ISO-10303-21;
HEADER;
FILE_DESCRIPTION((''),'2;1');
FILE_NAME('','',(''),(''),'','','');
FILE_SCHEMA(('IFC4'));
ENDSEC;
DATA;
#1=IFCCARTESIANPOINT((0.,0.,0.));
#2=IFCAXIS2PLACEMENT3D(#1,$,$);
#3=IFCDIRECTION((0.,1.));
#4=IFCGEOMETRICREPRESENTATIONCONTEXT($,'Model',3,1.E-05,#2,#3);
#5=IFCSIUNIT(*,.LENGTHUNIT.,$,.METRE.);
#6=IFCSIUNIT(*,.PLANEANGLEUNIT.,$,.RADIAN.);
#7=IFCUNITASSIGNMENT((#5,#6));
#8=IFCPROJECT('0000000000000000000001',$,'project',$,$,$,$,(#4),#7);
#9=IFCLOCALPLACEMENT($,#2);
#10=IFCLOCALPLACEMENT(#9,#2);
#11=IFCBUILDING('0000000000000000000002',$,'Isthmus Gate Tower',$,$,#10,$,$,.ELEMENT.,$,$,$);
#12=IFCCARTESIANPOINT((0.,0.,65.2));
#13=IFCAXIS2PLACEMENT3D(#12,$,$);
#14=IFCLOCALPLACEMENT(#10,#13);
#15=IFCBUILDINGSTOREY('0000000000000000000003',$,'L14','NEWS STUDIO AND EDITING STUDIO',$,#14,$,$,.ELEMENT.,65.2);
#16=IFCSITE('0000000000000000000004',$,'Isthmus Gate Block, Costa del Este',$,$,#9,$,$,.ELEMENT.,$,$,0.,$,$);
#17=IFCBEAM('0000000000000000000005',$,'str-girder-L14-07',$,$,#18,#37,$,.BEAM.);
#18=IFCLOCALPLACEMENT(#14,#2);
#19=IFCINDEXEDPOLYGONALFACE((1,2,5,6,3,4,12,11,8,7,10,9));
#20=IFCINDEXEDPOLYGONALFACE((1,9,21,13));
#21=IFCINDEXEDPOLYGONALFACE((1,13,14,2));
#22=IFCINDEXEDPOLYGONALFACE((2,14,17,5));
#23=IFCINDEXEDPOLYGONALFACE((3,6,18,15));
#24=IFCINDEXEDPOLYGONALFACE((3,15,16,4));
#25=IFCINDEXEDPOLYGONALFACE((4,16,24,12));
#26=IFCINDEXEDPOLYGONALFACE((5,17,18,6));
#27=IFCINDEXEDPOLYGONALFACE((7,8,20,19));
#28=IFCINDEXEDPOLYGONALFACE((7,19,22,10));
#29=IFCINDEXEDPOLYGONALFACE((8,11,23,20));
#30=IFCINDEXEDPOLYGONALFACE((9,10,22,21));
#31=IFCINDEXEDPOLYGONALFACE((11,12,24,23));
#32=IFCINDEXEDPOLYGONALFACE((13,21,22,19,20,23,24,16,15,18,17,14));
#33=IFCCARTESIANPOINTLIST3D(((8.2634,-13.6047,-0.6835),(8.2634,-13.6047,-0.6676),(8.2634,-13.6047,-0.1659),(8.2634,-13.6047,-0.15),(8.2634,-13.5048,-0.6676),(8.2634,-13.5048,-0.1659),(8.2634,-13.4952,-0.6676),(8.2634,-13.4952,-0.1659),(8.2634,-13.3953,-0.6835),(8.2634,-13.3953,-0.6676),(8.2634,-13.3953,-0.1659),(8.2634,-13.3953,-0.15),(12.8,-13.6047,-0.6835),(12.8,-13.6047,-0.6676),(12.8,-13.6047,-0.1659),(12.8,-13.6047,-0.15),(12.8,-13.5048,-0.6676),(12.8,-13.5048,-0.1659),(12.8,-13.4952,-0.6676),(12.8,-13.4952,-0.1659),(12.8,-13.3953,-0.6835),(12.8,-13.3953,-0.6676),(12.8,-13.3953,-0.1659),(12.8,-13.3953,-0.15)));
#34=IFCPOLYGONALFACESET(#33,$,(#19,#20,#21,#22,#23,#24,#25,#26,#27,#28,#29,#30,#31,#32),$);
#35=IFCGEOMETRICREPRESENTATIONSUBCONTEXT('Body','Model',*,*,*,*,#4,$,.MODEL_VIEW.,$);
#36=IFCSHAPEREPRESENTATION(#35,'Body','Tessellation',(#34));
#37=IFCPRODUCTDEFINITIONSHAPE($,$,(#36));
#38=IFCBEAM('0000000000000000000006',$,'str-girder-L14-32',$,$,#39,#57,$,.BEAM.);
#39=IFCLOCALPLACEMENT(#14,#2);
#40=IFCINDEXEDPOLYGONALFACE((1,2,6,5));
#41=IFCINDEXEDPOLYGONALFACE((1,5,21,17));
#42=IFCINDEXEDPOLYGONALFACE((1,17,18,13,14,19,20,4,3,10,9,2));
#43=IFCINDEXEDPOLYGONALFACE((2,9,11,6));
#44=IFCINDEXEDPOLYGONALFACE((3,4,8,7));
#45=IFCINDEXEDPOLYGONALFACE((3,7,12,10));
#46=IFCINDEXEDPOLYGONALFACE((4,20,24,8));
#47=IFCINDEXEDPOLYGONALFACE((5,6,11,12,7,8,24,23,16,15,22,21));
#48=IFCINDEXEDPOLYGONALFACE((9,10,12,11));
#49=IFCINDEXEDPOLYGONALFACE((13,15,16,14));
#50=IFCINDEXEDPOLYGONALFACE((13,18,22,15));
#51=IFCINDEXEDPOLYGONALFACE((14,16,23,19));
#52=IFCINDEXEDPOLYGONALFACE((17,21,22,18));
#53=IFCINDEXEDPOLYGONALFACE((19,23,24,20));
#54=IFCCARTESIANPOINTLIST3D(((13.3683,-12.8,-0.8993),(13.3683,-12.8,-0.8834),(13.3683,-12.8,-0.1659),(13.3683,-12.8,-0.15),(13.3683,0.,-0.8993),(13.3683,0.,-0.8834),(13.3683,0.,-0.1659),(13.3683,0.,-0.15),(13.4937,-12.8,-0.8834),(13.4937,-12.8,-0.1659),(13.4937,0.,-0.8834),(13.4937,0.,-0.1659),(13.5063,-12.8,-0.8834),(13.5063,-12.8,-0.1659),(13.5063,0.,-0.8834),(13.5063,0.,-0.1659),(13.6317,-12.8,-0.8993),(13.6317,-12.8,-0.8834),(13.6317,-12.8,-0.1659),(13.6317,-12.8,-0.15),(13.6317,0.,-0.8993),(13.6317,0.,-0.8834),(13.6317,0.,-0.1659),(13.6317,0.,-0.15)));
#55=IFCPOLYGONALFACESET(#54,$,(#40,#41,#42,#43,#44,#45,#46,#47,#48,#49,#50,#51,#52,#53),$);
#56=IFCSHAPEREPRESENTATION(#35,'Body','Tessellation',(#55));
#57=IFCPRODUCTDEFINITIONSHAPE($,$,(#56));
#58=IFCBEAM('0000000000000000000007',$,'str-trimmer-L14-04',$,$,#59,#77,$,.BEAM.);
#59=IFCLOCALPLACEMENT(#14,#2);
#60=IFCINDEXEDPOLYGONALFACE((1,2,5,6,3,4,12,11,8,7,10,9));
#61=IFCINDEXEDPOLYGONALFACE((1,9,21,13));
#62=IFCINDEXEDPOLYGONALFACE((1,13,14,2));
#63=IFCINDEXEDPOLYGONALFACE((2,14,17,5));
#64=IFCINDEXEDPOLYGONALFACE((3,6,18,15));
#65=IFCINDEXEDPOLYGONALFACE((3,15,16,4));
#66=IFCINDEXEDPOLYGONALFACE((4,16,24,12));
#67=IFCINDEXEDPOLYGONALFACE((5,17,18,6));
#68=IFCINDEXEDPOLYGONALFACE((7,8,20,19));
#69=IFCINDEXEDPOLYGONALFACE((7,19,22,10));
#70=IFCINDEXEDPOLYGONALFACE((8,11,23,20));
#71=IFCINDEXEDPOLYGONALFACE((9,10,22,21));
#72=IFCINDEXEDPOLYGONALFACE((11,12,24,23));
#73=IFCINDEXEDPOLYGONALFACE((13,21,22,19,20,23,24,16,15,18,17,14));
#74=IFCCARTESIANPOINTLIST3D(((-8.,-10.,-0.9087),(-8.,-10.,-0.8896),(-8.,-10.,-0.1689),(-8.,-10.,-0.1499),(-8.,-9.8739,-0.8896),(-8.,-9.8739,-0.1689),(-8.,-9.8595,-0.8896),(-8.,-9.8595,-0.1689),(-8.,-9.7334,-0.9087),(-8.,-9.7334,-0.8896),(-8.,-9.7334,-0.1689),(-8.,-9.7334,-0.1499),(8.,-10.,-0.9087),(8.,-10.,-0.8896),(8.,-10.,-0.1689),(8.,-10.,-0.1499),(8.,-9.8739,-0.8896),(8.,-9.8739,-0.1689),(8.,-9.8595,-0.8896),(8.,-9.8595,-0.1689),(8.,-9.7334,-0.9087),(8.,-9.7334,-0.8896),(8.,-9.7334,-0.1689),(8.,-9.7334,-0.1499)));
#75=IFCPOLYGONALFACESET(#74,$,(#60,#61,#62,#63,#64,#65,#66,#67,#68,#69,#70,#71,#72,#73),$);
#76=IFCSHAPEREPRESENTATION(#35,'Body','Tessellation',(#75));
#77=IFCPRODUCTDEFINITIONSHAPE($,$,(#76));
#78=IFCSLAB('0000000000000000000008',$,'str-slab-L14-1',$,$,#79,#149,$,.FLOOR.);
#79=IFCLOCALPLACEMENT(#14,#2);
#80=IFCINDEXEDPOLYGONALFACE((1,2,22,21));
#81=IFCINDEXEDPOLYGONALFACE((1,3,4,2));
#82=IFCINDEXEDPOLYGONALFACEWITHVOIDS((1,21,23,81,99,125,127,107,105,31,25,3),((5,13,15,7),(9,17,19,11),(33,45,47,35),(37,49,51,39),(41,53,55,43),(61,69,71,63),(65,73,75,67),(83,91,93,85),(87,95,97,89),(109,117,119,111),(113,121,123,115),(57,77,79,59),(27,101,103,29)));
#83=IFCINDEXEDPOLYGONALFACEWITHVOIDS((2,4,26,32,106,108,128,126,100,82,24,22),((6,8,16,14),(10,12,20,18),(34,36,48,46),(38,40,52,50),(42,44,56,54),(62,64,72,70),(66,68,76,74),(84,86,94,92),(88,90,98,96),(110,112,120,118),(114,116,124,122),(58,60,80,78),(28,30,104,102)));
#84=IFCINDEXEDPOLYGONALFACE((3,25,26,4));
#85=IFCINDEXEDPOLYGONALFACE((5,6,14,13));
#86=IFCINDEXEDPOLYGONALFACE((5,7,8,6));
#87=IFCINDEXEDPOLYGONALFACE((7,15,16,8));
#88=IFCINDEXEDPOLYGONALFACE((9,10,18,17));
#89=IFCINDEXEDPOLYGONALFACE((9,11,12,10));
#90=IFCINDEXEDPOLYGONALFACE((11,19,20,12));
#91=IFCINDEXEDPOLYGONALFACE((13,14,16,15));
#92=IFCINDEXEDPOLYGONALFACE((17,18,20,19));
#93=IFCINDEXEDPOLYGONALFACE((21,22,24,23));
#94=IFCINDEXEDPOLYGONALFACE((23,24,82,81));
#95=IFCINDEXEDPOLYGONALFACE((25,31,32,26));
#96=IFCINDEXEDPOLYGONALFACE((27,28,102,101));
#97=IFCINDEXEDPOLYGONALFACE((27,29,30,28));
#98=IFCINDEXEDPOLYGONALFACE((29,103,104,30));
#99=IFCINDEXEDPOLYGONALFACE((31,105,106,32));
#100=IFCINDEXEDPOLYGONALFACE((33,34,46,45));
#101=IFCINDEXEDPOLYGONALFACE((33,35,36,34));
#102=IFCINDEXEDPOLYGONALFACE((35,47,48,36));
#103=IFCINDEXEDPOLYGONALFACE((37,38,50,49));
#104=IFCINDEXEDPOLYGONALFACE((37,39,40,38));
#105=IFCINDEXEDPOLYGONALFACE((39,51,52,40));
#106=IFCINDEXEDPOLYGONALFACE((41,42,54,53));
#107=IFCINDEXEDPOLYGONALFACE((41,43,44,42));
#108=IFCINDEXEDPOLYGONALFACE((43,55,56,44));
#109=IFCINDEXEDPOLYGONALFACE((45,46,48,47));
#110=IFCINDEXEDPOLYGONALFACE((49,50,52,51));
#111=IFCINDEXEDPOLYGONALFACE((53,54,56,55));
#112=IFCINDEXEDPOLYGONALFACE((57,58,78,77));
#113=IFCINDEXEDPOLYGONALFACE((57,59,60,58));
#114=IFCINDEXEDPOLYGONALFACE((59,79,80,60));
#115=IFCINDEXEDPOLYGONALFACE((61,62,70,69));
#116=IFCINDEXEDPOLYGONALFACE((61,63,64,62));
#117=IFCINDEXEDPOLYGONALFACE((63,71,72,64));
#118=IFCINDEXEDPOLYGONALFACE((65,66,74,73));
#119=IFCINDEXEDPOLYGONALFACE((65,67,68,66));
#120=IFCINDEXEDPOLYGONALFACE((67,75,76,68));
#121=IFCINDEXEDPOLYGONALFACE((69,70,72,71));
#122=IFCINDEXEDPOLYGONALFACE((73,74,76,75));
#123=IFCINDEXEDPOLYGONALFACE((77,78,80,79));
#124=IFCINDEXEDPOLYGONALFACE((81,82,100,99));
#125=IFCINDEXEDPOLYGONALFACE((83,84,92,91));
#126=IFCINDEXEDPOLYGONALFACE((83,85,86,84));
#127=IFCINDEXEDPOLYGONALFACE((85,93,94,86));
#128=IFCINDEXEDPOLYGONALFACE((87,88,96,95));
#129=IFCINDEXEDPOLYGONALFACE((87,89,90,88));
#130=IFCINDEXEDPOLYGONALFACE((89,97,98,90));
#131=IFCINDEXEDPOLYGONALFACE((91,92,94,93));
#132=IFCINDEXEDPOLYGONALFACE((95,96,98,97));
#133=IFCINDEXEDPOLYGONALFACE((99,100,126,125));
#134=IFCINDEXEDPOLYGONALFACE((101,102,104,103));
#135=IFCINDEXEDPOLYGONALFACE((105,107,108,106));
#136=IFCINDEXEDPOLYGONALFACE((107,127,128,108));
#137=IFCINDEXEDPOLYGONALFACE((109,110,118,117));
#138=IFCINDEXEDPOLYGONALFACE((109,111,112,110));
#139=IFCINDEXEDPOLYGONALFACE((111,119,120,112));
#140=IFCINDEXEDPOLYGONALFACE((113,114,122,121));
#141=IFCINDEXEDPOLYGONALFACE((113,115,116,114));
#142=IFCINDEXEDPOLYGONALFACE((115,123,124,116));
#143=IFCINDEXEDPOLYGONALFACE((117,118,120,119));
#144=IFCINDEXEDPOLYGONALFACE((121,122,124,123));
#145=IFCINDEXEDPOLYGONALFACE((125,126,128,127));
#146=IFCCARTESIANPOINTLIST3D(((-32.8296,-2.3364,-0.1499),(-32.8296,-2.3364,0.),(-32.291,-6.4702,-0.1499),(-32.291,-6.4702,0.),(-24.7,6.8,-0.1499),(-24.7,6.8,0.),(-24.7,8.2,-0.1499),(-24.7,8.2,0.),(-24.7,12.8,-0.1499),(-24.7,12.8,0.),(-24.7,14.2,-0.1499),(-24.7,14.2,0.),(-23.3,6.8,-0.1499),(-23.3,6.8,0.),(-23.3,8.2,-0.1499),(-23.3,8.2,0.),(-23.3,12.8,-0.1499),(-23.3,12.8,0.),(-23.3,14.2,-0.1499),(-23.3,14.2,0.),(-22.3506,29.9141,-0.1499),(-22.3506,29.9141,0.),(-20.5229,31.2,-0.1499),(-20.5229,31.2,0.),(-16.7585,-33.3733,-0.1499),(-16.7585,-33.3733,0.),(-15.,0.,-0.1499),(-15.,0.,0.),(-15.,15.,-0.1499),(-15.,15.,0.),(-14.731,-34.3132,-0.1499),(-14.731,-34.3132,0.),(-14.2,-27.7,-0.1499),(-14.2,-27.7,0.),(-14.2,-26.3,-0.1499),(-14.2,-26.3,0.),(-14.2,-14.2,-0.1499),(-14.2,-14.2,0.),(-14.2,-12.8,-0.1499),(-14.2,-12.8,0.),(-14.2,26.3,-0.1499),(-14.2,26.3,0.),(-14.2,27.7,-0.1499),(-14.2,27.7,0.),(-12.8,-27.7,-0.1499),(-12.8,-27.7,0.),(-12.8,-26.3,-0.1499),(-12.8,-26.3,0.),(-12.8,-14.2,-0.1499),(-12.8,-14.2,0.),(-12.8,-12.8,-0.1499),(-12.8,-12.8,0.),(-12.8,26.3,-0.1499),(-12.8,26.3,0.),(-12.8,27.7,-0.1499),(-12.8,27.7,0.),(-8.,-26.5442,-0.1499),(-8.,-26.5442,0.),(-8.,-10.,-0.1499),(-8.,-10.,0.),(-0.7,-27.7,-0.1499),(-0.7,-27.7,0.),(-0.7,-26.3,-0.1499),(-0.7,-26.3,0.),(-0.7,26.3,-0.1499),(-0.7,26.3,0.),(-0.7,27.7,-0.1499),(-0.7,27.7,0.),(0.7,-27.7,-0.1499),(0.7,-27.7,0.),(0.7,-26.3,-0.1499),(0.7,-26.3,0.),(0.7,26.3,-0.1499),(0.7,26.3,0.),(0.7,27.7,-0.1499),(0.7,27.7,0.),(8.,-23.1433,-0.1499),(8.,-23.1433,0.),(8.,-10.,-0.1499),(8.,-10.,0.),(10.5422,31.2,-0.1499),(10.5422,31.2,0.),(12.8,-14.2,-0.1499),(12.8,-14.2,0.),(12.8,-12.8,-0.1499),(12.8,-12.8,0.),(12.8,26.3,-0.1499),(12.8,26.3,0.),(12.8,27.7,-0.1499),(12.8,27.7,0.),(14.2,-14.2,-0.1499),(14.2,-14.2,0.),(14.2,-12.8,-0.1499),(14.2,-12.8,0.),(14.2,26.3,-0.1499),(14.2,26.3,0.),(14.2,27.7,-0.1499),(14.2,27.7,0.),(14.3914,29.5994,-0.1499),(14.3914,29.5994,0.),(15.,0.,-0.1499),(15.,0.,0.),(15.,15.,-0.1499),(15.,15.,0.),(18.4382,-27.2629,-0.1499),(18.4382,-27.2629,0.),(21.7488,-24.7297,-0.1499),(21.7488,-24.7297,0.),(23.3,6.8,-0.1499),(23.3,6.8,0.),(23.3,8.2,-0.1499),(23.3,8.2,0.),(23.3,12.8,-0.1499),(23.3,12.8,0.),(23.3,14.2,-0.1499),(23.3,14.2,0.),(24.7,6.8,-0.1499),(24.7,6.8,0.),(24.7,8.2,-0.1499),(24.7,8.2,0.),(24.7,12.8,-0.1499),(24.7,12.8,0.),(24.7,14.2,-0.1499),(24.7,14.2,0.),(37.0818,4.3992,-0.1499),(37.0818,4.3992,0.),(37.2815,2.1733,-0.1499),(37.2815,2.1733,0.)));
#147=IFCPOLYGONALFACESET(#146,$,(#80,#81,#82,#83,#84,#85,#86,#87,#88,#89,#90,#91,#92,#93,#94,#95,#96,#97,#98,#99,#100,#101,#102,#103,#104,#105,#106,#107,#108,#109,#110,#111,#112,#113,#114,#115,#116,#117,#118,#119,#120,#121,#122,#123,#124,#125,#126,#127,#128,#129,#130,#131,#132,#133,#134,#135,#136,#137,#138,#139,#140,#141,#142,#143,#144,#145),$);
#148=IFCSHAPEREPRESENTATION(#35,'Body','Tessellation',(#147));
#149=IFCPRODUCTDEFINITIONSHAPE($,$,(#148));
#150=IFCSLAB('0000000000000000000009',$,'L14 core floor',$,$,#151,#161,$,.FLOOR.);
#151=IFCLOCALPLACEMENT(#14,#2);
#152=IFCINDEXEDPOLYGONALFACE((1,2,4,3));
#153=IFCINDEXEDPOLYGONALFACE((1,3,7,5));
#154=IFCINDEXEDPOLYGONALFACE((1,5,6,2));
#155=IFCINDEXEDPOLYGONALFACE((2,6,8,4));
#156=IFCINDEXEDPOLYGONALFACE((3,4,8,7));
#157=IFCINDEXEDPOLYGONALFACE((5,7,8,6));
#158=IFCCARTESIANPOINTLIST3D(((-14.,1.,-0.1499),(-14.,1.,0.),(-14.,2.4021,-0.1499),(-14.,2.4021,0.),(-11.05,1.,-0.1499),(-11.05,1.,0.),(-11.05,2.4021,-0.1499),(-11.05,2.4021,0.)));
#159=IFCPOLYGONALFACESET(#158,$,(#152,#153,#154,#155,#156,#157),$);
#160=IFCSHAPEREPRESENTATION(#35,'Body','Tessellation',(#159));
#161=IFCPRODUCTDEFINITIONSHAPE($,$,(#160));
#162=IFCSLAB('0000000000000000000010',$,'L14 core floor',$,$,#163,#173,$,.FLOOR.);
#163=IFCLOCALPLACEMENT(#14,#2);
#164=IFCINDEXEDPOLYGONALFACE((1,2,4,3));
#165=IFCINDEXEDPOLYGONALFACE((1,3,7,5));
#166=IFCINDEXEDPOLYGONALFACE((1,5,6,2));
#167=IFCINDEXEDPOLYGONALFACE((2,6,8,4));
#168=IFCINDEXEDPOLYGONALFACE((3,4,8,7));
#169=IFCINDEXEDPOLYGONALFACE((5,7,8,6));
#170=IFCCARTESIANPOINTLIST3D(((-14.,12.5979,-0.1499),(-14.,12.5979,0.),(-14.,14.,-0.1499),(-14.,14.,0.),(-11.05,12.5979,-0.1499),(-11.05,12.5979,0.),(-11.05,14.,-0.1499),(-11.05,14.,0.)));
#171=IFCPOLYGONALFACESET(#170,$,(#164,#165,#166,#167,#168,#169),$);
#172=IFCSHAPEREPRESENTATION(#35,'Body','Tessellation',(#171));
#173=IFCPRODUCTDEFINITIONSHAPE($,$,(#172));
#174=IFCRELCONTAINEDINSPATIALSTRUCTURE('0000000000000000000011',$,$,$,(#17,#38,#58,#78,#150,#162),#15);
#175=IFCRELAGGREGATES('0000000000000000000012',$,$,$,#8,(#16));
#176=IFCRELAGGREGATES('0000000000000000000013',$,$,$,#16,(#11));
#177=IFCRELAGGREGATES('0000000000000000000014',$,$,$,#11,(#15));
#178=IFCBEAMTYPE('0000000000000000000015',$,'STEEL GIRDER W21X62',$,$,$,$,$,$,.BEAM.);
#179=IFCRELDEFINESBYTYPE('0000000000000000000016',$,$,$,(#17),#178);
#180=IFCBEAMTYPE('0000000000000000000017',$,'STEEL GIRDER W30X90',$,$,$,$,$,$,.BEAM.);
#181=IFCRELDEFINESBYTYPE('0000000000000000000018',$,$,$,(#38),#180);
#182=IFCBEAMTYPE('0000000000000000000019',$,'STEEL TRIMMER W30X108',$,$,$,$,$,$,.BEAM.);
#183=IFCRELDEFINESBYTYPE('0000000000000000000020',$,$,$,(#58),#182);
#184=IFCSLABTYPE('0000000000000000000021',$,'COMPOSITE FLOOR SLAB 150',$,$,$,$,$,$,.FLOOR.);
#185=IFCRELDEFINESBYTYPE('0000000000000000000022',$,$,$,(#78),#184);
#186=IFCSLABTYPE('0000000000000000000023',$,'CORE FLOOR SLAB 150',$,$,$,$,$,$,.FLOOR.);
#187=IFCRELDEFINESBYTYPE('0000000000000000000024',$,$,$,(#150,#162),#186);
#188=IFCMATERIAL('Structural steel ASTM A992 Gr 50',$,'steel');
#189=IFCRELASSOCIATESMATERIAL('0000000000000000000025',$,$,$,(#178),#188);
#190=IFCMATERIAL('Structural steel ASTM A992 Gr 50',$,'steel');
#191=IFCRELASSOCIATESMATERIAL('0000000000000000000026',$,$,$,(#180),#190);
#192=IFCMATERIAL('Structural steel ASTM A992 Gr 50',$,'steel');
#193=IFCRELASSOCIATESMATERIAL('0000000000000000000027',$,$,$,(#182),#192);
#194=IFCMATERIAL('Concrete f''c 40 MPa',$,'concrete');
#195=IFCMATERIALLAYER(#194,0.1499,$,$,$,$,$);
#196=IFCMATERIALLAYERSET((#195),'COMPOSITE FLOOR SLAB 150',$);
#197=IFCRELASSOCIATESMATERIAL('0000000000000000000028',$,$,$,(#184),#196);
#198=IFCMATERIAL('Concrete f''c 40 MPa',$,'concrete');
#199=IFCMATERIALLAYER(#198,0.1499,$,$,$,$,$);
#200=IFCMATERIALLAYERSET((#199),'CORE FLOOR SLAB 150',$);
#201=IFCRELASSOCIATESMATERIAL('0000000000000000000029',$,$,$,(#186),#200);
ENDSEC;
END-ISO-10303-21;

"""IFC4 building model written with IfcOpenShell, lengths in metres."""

from ifc_helpers import new_model, si_unit, direction, frame, origin, origin_2d, place, context, subcontext, project, spatial, polyline, i_section, outline, extrude, material, layer, layer_set, material_profile, profile_set, type_object, element, save


model = new_model("IFC4")

# Units and contexts
model_context = context("Model", 3, precision=1e-05, world=origin(), true_north=direction((0.0, 1.0)))
body_context = subcontext(model_context, "Body", "Model", "MODEL_VIEW")
ifc_project = project(units=[si_unit("LENGTHUNIT", "METRE"), si_unit("PLANEANGLEUNIT", "RADIAN")], contexts=[model_context])

# Site, building, storey
site_placement = place(None, origin())
site = spatial("IfcSite", under=ifc_project, at=site_placement, Name="Isthmus Gate Block, Costa del Este", CompositionType="ELEMENT", RefElevation=0.0)
building_placement = place(site_placement, origin())
building = spatial("IfcBuilding", under=site, at=building_placement, Name="Isthmus Gate Tower", CompositionType="ELEMENT")
storey_placement = place(building_placement, frame((0.0, 0.0, 65.2)))
storey = spatial("IfcBuildingStorey", under=building, at=storey_placement, Name="L14", Description="NEWS STUDIO AND EDITING STUDIO", CompositionType="ELEMENT", Elevation=65.2)

# Beams
ifc_material_1 = material(Name="Structural steel ASTM A992 Gr 50", Category="steel")
ifc_material_profile_1 = material_profile(ifc_material_1, i_section(OverallWidth=0.2095, OverallDepth=0.5334, WebThickness=0.0095, FlangeThickness=0.0159, at=origin_2d()), Name="W21X62")
ifc_profile_set_1 = profile_set([ifc_material_profile_1], Name="Structural steel ASTM A992 Gr 50")
beam_type_1 = type_object("IfcBeamType", Name="STEEL GIRDER W21X62", PredefinedType="BEAM", material=ifc_profile_set_1)
beam_1_placement = place(storey_placement, frame((8.2634, -13.5, -0.4167), z_axis=(1.0, 0.0, 0.0), x_axis=(0.0, 1.0, 0.0)))
element("IfcBeam", 1, at=beam_1_placement, inside=storey, type_object=beam_type_1, Name="str-girder-L14-07", PredefinedType="BEAM", context=body_context, shape_type="SweptSolid", body=[
    extrude(i_section(OverallWidth=0.2095, OverallDepth=0.5334, WebThickness=0.0095, FlangeThickness=0.0159, at=origin_2d()), origin(), (0.0, 0.0, 1.0), 4.5366),
])
ifc_material_2 = material(Name="Structural steel ASTM A992 Gr 50", Category="steel")
ifc_material_profile_2 = material_profile(ifc_material_2, i_section(OverallWidth=0.2634, OverallDepth=0.7493, WebThickness=0.0127, FlangeThickness=0.0159, at=origin_2d()), Name="W30X90")
ifc_profile_set_2 = profile_set([ifc_material_profile_2], Name="Structural steel ASTM A992 Gr 50")
beam_type_2 = type_object("IfcBeamType", Name="STEEL GIRDER W30X90", PredefinedType="BEAM", material=ifc_profile_set_2)
beam_2_placement = place(storey_placement, frame((13.5, -12.8, -0.5247), z_axis=(0.0, 1.0, 0.0), x_axis=(-1.0, 0.0, 0.0)))
element("IfcBeam", 2, at=beam_2_placement, inside=storey, type_object=beam_type_2, Name="str-girder-L14-32", PredefinedType="BEAM", context=body_context, shape_type="SweptSolid", body=[
    extrude(i_section(OverallWidth=0.2634, OverallDepth=0.7493, WebThickness=0.0127, FlangeThickness=0.0159, at=origin_2d()), origin(), (0.0, 0.0, 1.0), 12.8),
])
ifc_material_3 = material(Name="Structural steel ASTM A992 Gr 50", Category="steel")
ifc_material_profile_3 = material_profile(ifc_material_3, i_section(OverallWidth=0.2666, OverallDepth=0.7588, WebThickness=0.0144, FlangeThickness=0.019, at=origin_2d()), Name="W30X108")
ifc_profile_set_3 = profile_set([ifc_material_profile_3], Name="Structural steel ASTM A992 Gr 50")
beam_type_3 = type_object("IfcBeamType", Name="STEEL TRIMMER W30X108", PredefinedType="BEAM", material=ifc_profile_set_3)
beam_3_placement = place(storey_placement, frame((8.0, -9.8667, -0.5293), z_axis=(-1.0, 0.0, 0.0), x_axis=(0.0, -1.0, 0.0)))
element("IfcBeam", 3, at=beam_3_placement, inside=storey, type_object=beam_type_3, Name="str-trimmer-L14-04", PredefinedType="BEAM", context=body_context, shape_type="SweptSolid", body=[
    extrude(i_section(OverallWidth=0.2666, OverallDepth=0.7588, WebThickness=0.0144, FlangeThickness=0.019, at=origin_2d()), origin(), (0.0, 0.0, 1.0), 16.0),
])

# Slabs
ifc_material_4 = material(Name="Concrete f'c 40 MPa", Category="concrete")
ifc_layer_1 = layer(ifc_material_4, 0.1499)
ifc_layer_set_1 = layer_set([ifc_layer_1], Name="COMPOSITE FLOOR SLAB 150")
slab_type_1 = type_object("IfcSlabType", Name="COMPOSITE FLOOR SLAB 150", PredefinedType="FLOOR", material=ifc_layer_set_1)
slab_1_placement = place(storey_placement, frame((0.0, 0.0, -0.1499)))
element("IfcSlab", 4, at=slab_1_placement, inside=storey, type_object=slab_type_1, Name="str-slab-L14-1", PredefinedType="FLOOR", context=body_context, shape_type="SweptSolid", body=[
    extrude(outline(polyline([(14.3914, 29.5994), (37.0818, 4.3992), (37.2815, 2.1733), (21.7488, -24.7297), (18.4382, -27.2629), (-14.731, -34.3132), (-16.7585, -33.3733), (-32.291, -6.4702), (-32.8296, -2.3364), (-22.3506, 29.9141), (-20.5229, 31.2), (10.5422, 31.2), (14.3914, 29.5994)]), holes=[polyline([(-14.2, -27.7), (-12.8, -27.7), (-12.8, -26.3), (-14.2, -26.3), (-14.2, -27.7)]), polyline([(-0.7, -26.3), (-0.7, -27.7), (0.7, -27.7), (0.7, -26.3), (-0.7, -26.3)]), polyline([(-14.2, -12.8), (-14.2, -14.2), (-12.8, -14.2), (-12.8, -12.8), (-14.2, -12.8)]), polyline([(-24.7, 8.2), (-24.7, 6.8), (-23.3, 6.8), (-23.3, 8.2), (-24.7, 8.2)]), polyline([(-23.3, 14.2), (-24.7, 14.2), (-24.7, 12.8), (-23.3, 12.8), (-23.3, 14.2)]), polyline([(-14.2, 27.7), (-14.2, 26.3), (-12.8, 26.3), (-12.8, 27.7), (-14.2, 27.7)]), polyline([(-0.7, 27.7), (-0.7, 26.3), (0.7, 26.3), (0.7, 27.7), (-0.7, 27.7)]), polyline([(8.0, -23.1433), (8.0, -10.0), (-8.0, -10.0), (-8.0, -26.5442), (8.0, -23.1433)]), polyline([(14.2, -12.8), (12.8, -12.8), (12.8, -14.2), (14.2, -14.2), (14.2, -12.8)]), polyline([(15.0, 15.0), (-15.0, 15.0), (-15.0, 0.0), (15.0, 0.0), (15.0, 15.0)]), polyline([(24.7, 8.2), (23.3, 8.2), (23.3, 6.8), (24.7, 6.8), (24.7, 8.2)]), polyline([(23.3, 14.2), (23.3, 12.8), (24.7, 12.8), (24.7, 14.2), (23.3, 14.2)]), polyline([(14.2, 27.7), (12.8, 27.7), (12.8, 26.3), (14.2, 26.3), (14.2, 27.7)])]), origin(), (0.0, 0.0, 1.0), 0.1499),
])
ifc_material_5 = material(Name="Concrete f'c 40 MPa", Category="concrete")
ifc_layer_2 = layer(ifc_material_5, 0.1499)
ifc_layer_set_2 = layer_set([ifc_layer_2], Name="CORE FLOOR SLAB 150")
slab_type_2 = type_object("IfcSlabType", Name="CORE FLOOR SLAB 150", PredefinedType="FLOOR", material=ifc_layer_set_2)
slab_2_placement = place(storey_placement, frame((0.0, 0.0, -0.1499)))
element("IfcSlab", 5, at=slab_2_placement, inside=storey, type_object=slab_type_2, Name="L14 core floor", PredefinedType="FLOOR", context=body_context, shape_type="SweptSolid", body=[
    extrude(outline(polyline([(-11.05, 1.0), (-11.05, 2.4021), (-14.0, 2.4021), (-14.0, 1.0), (-11.05, 1.0)])), origin(), (0.0, 0.0, 1.0), 0.1499),
])
slab_3_placement = place(storey_placement, frame((0.0, 0.0, -0.1499)))
element("IfcSlab", 6, at=slab_3_placement, inside=storey, type_object=slab_type_2, Name="L14 core floor", PredefinedType="FLOOR", context=body_context, shape_type="SweptSolid", body=[
    extrude(outline(polyline([(-14.0, 14.0), (-14.0, 12.5979), (-11.05, 12.5979), (-11.05, 14.0), (-14.0, 14.0)])), origin(), (0.0, 0.0, 1.0), 0.1499),
])

save(model, "model.ifc")
